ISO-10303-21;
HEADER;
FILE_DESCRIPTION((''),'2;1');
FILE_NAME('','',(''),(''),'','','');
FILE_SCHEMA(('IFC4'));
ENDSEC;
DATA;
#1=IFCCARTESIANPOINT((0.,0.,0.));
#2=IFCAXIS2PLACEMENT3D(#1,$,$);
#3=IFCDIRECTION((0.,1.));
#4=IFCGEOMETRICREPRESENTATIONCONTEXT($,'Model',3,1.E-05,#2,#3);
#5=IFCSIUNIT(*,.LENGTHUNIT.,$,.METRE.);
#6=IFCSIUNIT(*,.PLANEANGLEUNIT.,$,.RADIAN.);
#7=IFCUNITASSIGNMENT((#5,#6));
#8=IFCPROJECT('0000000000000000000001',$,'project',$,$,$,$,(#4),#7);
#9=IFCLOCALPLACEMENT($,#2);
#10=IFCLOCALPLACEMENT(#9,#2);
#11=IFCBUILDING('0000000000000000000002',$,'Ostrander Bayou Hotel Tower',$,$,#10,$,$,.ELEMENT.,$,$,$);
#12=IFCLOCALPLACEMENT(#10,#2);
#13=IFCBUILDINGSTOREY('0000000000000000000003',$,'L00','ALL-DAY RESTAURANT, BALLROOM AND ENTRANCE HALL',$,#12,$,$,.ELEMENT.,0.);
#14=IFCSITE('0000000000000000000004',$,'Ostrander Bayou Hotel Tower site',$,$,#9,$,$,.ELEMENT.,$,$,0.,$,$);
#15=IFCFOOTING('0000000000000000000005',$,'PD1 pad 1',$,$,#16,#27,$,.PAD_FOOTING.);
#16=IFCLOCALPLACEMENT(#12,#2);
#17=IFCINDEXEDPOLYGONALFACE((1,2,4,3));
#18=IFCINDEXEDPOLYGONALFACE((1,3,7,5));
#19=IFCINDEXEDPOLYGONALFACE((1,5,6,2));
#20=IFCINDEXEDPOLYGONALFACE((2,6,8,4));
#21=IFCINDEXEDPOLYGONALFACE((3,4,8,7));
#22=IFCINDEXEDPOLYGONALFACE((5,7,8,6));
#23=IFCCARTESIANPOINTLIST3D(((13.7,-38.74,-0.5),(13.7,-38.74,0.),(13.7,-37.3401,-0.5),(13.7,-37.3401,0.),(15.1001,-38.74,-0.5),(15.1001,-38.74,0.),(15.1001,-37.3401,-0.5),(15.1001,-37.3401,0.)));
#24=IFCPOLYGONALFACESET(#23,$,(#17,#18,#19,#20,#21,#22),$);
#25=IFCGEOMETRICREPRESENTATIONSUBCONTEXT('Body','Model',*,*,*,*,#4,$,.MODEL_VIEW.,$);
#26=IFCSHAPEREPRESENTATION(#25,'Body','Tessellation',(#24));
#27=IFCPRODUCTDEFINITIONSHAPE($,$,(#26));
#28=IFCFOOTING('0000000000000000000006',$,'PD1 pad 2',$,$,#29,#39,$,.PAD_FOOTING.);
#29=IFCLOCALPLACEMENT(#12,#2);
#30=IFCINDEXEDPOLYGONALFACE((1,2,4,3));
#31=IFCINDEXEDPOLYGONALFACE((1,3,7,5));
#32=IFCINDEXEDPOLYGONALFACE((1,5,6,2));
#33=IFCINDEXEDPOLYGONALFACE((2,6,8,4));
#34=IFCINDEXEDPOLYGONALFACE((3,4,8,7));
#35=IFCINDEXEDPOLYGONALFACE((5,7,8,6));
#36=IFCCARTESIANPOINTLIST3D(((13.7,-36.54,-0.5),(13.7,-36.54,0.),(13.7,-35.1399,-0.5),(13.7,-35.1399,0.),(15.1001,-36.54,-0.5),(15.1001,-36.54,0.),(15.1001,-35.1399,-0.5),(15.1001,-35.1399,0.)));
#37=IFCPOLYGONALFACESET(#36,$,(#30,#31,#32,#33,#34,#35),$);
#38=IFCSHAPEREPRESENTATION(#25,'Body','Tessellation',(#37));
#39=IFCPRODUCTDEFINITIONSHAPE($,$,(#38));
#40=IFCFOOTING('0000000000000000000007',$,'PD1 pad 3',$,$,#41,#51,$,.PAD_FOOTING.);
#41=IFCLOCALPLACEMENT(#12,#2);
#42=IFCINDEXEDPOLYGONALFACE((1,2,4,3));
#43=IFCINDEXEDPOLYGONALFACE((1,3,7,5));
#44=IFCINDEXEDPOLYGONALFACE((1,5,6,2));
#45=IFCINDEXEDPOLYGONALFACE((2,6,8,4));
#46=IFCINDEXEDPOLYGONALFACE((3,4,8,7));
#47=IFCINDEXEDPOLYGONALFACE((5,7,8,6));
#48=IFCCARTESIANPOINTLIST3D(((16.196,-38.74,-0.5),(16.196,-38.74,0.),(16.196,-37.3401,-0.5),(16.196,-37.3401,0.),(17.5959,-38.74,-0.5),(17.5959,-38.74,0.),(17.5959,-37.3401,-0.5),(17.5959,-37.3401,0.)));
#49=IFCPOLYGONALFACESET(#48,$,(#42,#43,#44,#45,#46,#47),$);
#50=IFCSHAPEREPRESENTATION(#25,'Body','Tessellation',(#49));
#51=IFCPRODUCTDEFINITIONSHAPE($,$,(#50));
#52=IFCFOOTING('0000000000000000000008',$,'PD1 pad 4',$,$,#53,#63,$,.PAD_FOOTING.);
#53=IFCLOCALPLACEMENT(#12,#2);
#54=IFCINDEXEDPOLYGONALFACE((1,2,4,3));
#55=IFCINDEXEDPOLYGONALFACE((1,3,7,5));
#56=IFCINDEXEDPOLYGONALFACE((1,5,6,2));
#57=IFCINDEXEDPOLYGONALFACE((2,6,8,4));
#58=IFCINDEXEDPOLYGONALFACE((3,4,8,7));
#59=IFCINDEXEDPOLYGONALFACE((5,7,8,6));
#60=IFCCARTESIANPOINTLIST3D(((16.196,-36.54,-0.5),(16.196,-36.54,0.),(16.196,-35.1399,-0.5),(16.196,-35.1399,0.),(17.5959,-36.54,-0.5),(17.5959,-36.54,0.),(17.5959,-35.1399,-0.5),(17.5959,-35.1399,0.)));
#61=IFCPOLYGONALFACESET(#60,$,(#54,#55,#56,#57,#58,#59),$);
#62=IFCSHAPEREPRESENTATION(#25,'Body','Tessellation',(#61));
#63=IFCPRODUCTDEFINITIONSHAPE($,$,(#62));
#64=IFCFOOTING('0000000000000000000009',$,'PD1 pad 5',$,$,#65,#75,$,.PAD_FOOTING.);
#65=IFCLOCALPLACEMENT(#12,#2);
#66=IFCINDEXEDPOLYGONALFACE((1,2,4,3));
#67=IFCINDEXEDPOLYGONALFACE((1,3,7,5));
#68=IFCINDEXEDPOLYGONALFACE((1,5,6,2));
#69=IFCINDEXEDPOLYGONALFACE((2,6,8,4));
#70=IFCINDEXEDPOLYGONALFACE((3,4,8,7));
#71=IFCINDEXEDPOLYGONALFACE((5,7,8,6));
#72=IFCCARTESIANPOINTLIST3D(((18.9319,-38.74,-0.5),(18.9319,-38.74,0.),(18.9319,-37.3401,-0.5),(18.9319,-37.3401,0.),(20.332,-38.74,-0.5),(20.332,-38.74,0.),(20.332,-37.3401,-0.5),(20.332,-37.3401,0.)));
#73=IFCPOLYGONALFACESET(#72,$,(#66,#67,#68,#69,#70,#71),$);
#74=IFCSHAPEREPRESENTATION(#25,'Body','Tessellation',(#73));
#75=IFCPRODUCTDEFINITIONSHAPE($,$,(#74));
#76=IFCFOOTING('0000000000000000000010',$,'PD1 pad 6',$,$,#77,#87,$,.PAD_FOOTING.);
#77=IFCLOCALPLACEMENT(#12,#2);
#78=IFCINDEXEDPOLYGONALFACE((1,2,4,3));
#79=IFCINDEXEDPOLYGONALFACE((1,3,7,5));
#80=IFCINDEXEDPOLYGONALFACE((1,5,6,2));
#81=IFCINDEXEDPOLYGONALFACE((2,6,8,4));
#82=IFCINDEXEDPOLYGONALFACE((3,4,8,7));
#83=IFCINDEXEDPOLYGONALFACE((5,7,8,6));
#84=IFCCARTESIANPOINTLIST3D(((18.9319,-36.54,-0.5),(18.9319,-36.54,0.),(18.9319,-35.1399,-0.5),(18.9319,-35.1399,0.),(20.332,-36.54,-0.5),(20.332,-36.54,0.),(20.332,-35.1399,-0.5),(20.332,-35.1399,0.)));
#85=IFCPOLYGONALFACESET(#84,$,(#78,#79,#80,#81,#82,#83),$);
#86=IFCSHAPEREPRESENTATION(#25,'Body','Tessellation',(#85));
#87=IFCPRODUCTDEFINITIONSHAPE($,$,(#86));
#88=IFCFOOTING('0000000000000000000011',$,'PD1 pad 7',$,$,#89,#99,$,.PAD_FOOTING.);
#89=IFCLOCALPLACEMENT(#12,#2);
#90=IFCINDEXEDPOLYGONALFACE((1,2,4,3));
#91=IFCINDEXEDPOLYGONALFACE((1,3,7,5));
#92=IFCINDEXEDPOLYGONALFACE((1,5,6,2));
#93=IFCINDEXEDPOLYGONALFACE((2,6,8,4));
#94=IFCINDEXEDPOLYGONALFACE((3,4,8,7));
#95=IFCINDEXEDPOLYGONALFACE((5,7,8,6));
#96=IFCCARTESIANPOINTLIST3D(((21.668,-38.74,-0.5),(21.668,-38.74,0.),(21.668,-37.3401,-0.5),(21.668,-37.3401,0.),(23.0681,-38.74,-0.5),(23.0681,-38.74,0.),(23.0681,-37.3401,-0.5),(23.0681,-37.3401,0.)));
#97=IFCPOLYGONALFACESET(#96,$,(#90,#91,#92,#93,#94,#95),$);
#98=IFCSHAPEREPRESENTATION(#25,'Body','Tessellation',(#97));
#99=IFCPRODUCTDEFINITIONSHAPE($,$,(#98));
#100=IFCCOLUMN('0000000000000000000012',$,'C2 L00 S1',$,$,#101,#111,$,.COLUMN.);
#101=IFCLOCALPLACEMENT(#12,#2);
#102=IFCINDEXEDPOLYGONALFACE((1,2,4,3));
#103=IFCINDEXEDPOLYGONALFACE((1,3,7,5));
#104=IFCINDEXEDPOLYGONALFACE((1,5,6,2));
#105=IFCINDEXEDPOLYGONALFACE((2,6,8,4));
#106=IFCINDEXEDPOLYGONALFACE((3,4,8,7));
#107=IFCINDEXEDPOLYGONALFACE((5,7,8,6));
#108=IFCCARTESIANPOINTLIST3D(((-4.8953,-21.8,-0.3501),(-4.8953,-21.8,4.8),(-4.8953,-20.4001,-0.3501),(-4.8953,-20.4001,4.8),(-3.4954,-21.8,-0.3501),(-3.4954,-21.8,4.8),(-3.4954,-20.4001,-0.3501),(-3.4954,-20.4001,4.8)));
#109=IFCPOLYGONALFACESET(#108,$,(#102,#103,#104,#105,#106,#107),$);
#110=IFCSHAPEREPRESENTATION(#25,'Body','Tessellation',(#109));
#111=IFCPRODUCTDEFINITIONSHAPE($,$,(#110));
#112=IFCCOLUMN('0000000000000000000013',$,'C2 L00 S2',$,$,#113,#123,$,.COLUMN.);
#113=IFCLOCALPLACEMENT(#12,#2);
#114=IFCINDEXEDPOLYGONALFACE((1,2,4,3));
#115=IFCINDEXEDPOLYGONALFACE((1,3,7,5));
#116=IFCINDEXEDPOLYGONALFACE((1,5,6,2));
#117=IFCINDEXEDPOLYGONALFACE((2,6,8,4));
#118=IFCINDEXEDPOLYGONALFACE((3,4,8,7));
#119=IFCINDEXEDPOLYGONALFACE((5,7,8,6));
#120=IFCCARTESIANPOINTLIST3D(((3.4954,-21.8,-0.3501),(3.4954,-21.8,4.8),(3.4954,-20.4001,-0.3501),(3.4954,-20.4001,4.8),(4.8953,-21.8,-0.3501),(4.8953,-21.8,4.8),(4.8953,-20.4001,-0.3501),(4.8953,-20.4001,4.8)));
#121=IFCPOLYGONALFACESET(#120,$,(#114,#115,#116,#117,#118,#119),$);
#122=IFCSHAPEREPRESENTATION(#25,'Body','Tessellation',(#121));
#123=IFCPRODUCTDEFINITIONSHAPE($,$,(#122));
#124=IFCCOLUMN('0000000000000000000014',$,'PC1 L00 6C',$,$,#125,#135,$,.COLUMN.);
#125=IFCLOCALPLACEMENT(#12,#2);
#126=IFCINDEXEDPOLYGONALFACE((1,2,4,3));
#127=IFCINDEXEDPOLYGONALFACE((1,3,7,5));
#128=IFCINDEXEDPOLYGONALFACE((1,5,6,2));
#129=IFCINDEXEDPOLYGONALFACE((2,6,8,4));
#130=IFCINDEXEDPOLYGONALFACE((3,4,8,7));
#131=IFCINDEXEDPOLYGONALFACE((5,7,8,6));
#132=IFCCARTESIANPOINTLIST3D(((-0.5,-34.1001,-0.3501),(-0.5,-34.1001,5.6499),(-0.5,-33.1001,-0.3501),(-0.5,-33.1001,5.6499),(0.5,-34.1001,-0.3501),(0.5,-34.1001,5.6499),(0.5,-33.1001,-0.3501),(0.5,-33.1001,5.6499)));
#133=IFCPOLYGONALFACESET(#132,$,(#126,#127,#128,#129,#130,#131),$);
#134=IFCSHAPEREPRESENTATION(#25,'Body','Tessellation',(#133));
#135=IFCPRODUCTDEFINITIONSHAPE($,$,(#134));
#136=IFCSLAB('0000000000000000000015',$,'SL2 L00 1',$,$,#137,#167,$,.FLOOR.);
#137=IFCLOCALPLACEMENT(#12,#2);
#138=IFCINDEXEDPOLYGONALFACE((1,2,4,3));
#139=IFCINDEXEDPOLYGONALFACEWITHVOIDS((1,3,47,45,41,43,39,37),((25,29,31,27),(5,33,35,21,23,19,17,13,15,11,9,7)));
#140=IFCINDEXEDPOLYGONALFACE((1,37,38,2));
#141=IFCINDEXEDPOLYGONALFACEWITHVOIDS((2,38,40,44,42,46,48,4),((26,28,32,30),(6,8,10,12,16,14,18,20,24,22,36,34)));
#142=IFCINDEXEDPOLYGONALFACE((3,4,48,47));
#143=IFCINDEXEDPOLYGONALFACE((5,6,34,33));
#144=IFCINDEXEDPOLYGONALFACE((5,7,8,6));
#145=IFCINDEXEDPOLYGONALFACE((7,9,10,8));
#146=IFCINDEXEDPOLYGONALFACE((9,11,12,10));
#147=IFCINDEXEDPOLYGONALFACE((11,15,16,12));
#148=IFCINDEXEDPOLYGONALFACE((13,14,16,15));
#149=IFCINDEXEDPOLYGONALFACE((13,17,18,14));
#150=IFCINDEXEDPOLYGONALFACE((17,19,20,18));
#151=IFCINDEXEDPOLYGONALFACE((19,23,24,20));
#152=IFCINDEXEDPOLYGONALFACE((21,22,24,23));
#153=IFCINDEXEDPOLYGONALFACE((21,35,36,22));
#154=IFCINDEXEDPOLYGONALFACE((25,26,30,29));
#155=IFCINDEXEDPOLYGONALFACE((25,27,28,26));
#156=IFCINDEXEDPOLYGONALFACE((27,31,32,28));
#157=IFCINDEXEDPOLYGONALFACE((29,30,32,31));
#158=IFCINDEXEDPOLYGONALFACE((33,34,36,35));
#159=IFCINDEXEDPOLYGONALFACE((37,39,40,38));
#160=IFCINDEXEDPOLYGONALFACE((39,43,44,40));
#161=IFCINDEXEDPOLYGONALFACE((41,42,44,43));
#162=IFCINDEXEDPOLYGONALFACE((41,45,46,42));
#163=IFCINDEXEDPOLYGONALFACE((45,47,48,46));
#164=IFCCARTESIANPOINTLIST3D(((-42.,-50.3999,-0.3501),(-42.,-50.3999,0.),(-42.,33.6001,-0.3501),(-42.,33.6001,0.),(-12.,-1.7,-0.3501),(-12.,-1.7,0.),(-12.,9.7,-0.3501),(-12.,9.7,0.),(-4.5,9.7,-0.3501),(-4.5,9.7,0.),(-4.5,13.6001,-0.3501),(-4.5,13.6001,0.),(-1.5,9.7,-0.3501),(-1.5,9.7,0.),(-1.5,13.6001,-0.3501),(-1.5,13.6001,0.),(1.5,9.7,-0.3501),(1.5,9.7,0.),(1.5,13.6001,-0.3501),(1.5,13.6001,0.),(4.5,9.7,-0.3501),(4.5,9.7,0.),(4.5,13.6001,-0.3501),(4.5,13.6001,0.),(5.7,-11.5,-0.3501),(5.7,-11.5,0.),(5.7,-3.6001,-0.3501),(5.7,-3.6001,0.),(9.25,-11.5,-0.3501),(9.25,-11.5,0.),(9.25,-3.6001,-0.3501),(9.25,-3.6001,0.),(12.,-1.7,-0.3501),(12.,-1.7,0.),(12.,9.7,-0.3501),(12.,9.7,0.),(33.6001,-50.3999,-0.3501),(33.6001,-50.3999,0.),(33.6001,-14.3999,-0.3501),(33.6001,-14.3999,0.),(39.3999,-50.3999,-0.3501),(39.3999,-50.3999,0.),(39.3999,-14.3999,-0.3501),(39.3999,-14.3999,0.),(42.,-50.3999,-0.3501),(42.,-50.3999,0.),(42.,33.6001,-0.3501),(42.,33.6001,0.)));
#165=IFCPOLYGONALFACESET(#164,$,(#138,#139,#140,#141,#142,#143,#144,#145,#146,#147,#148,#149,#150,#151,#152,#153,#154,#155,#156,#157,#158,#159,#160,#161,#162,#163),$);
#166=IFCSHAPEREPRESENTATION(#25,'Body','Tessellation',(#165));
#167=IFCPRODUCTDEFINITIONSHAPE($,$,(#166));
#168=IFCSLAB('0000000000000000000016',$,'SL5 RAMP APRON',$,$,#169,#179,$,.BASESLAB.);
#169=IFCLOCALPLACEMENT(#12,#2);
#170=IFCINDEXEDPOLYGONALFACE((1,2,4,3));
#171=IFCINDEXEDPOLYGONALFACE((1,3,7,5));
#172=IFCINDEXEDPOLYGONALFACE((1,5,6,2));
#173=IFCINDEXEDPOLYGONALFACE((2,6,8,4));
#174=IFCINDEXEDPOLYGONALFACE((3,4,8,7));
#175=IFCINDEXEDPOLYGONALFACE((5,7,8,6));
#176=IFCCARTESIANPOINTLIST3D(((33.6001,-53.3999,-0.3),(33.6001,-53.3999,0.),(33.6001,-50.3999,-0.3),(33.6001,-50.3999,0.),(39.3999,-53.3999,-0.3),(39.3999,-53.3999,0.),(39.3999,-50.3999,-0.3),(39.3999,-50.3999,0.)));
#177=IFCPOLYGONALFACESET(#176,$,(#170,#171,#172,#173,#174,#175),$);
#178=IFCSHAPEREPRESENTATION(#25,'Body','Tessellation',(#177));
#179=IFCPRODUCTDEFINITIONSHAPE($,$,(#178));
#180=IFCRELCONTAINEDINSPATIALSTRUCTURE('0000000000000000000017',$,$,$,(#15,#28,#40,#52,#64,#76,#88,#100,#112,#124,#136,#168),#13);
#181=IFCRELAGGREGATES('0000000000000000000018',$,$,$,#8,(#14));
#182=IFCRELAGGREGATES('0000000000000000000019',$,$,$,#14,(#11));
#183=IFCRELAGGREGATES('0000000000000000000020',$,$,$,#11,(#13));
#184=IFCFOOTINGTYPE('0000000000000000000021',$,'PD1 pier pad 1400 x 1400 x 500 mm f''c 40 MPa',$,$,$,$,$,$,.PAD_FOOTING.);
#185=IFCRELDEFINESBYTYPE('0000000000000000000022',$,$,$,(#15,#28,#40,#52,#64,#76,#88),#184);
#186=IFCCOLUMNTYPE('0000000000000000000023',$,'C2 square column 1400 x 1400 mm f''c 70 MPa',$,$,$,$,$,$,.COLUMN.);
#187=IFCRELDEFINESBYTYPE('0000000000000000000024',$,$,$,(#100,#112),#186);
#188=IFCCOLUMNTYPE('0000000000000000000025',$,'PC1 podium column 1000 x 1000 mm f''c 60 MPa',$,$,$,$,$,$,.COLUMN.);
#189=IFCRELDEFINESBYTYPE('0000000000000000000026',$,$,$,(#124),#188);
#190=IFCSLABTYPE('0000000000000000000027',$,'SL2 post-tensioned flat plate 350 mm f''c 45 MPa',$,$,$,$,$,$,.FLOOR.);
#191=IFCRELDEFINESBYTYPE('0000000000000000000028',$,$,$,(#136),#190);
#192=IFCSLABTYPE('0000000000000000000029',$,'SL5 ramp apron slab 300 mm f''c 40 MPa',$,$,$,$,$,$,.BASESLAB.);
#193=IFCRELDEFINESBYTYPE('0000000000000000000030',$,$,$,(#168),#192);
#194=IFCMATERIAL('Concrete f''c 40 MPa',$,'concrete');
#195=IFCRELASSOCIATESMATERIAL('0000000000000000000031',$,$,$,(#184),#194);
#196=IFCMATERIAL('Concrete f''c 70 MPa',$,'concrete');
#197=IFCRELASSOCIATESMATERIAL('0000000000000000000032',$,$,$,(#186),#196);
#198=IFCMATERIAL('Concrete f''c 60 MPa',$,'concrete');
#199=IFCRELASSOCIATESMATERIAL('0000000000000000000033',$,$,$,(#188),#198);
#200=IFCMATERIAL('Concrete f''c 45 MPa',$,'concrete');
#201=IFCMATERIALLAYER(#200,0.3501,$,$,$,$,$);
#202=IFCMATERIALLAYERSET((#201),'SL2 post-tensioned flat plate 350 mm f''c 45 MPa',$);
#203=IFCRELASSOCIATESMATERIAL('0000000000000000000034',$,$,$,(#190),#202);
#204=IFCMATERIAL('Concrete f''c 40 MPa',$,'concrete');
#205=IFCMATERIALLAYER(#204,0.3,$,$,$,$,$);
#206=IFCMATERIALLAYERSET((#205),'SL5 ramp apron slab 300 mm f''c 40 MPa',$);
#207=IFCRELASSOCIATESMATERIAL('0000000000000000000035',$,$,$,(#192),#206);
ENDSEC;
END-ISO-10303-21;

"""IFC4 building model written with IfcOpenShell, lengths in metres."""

from ifc_helpers import new_model, si_unit, direction, frame, origin, origin_2d, place, context, subcontext, project, spatial, polyline, rectangle, outline, extrude, material, layer, layer_set, material_profile, profile_set, type_object, element, save


model = new_model("IFC4")

# Units and contexts
model_context = context("Model", 3, precision=1e-05, world=origin(), true_north=direction((0.0, 1.0)))
body_context = subcontext(model_context, "Body", "Model", "MODEL_VIEW")
ifc_project = project(units=[si_unit("LENGTHUNIT", "METRE"), si_unit("PLANEANGLEUNIT", "RADIAN")], contexts=[model_context])

# Site, building, storey
site_placement = place(None, origin())
site = spatial("IfcSite", under=ifc_project, at=site_placement, Name="Ostrander Bayou Hotel Tower site", CompositionType="ELEMENT", RefElevation=0.0)
building_placement = place(site_placement, origin())
building = spatial("IfcBuilding", under=site, at=building_placement, Name="Ostrander Bayou Hotel Tower", CompositionType="ELEMENT")
storey_placement = place(building_placement, origin())
storey = spatial("IfcBuildingStorey", under=building, at=storey_placement, Name="L00", Description="ALL-DAY RESTAURANT, BALLROOM AND ENTRANCE HALL", CompositionType="ELEMENT", Elevation=0.0)

# Footings
ifc_material_1 = material(Name="Concrete f'c 40 MPa", Category="concrete")
footing_type = type_object("IfcFootingType", Name="PD1 pier pad 1400 x 1400 x 500 mm f'c 40 MPa", PredefinedType="PAD_FOOTING", material=ifc_material_1)
footing_1_placement = place(storey_placement, frame((0.0, 0.0, -0.5)))
element("IfcFooting", 1, at=footing_1_placement, inside=storey, type_object=footing_type, Name="PD1 pad 1", PredefinedType="PAD_FOOTING", context=body_context, shape_type="SweptSolid", body=[
    extrude(outline(polyline([(15.1001, -38.74), (15.1001, -37.3401), (13.7, -37.3401), (13.7, -38.74), (15.1001, -38.74)])), origin(), (0.0, 0.0, 1.0), 0.5),
])
footing_2_placement = place(storey_placement, frame((0.0, 0.0, -0.5)))
element("IfcFooting", 2, at=footing_2_placement, inside=storey, type_object=footing_type, Name="PD1 pad 2", PredefinedType="PAD_FOOTING", context=body_context, shape_type="SweptSolid", body=[
    extrude(outline(polyline([(15.1001, -36.54), (15.1001, -35.1399), (13.7, -35.1399), (13.7, -36.54), (15.1001, -36.54)])), origin(), (0.0, 0.0, 1.0), 0.5),
])
footing_3_placement = place(storey_placement, frame((0.0, 0.0, -0.5)))
element("IfcFooting", 3, at=footing_3_placement, inside=storey, type_object=footing_type, Name="PD1 pad 3", PredefinedType="PAD_FOOTING", context=body_context, shape_type="SweptSolid", body=[
    extrude(outline(polyline([(17.5959, -38.74), (17.5959, -37.3401), (16.196, -37.3401), (16.196, -38.74), (17.5959, -38.74)])), origin(), (0.0, 0.0, 1.0), 0.5),
])
footing_4_placement = place(storey_placement, frame((0.0, 0.0, -0.5)))
element("IfcFooting", 4, at=footing_4_placement, inside=storey, type_object=footing_type, Name="PD1 pad 4", PredefinedType="PAD_FOOTING", context=body_context, shape_type="SweptSolid", body=[
    extrude(outline(polyline([(17.5959, -36.54), (17.5959, -35.1399), (16.196, -35.1399), (16.196, -36.54), (17.5959, -36.54)])), origin(), (0.0, 0.0, 1.0), 0.5),
])
footing_5_placement = place(storey_placement, frame((0.0, 0.0, -0.5)))
element("IfcFooting", 5, at=footing_5_placement, inside=storey, type_object=footing_type, Name="PD1 pad 5", PredefinedType="PAD_FOOTING", context=body_context, shape_type="SweptSolid", body=[
    extrude(outline(polyline([(20.332, -38.74), (20.332, -37.3401), (18.9319, -37.3401), (18.9319, -38.74), (20.332, -38.74)])), origin(), (0.0, 0.0, 1.0), 0.5),
])
footing_6_placement = place(storey_placement, frame((0.0, 0.0, -0.5)))
element("IfcFooting", 6, at=footing_6_placement, inside=storey, type_object=footing_type, Name="PD1 pad 6", PredefinedType="PAD_FOOTING", context=body_context, shape_type="SweptSolid", body=[
    extrude(outline(polyline([(20.332, -36.54), (20.332, -35.1399), (18.9319, -35.1399), (18.9319, -36.54), (20.332, -36.54)])), origin(), (0.0, 0.0, 1.0), 0.5),
])
footing_7_placement = place(storey_placement, frame((0.0, 0.0, -0.5)))
element("IfcFooting", 7, at=footing_7_placement, inside=storey, type_object=footing_type, Name="PD1 pad 7", PredefinedType="PAD_FOOTING", context=body_context, shape_type="SweptSolid", body=[
    extrude(outline(polyline([(23.0681, -38.74), (23.0681, -37.3401), (21.668, -37.3401), (21.668, -38.74), (23.0681, -38.74)])), origin(), (0.0, 0.0, 1.0), 0.5),
])

# Columns
ifc_material_2 = material(Name="Concrete f'c 70 MPa", Category="concrete")
ifc_material_profile_1 = material_profile(ifc_material_2, rectangle(XDim=1.3999, YDim=1.3999, at=origin_2d()))
ifc_profile_set_1 = profile_set([ifc_material_profile_1], Name="Concrete f'c 70 MPa")
column_type_1 = type_object("IfcColumnType", Name="C2 square column 1400 x 1400 mm f'c 70 MPa", PredefinedType="COLUMN", material=ifc_profile_set_1)
for number, where, z_axis, x_axis, name in (
    (8, (-4.1953, -21.1001, -0.3501), (0.0, 0.0, 1.0), (-1.0, 0.0, 0.0), "C2 L00 S1"),
    (9, (4.1953, -21.1001, -0.3501), (0.0, 0.0, 1.0), (-1.0, 0.0, 0.0), "C2 L00 S2"),
):
    element("IfcColumn", number, at=place(storey_placement, frame(where, z_axis=z_axis, x_axis=x_axis)), inside=storey, type_object=column_type_1, Name=name, PredefinedType="COLUMN", context=body_context, shape_type="SweptSolid", body=[
        extrude(rectangle(XDim=1.3999, YDim=1.3999, at=origin_2d()), origin(), (0.0, 0.0, 1.0), 5.1501),
    ])
ifc_material_3 = material(Name="Concrete f'c 60 MPa", Category="concrete")
ifc_material_profile_2 = material_profile(ifc_material_3, rectangle(XDim=1.0, YDim=1.0, at=origin_2d()))
ifc_profile_set_2 = profile_set([ifc_material_profile_2], Name="Concrete f'c 60 MPa")
column_type_2 = type_object("IfcColumnType", Name="PC1 podium column 1000 x 1000 mm f'c 60 MPa", PredefinedType="COLUMN", material=ifc_profile_set_2)
column_placement = place(storey_placement, frame((0.0, -33.6001, -0.3501), z_axis=(0.0, 0.0, 1.0), x_axis=(1.0, 0.0, 0.0)))
element("IfcColumn", 10, at=column_placement, inside=storey, type_object=column_type_2, Name="PC1 L00 6C", PredefinedType="COLUMN", context=body_context, shape_type="SweptSolid", body=[
    extrude(rectangle(XDim=1.0, YDim=1.0, at=origin_2d()), origin(), (0.0, 0.0, 1.0), 6.0),
])

# Slabs
ifc_material_4 = material(Name="Concrete f'c 45 MPa", Category="concrete")
ifc_layer_1 = layer(ifc_material_4, 0.3501)
ifc_layer_set_1 = layer_set([ifc_layer_1], Name="SL2 post-tensioned flat plate 350 mm f'c 45 MPa")
slab_type_1 = type_object("IfcSlabType", Name="SL2 post-tensioned flat plate 350 mm f'c 45 MPa", PredefinedType="FLOOR", material=ifc_layer_set_1)
slab_1_placement = place(storey_placement, frame((0.0, 0.0, -0.3501)))
element("IfcSlab", 11, at=slab_1_placement, inside=storey, type_object=slab_type_1, Name="SL2 L00 1", PredefinedType="FLOOR", context=body_context, shape_type="SweptSolid", body=[
    extrude(outline(polyline([(42.0, 33.6001), (42.0, -50.3999), (39.3999, -50.3999), (39.3999, -14.3999), (33.6001, -14.3999), (33.6001, -50.3999), (-42.0, -50.3999), (-42.0, 33.6001), (42.0, 33.6001)]), holes=[polyline([(4.5, 13.6001), (1.5, 13.6001), (1.5, 9.7), (-1.5, 9.7), (-1.5, 13.6001), (-4.5, 13.6001), (-4.5, 9.7), (-12.0, 9.7), (-12.0, -1.7), (12.0, -1.7), (12.0, 9.7), (4.5, 9.7), (4.5, 13.6001)]), polyline([(5.7, -11.5), (9.25, -11.5), (9.25, -3.6001), (5.7, -3.6001), (5.7, -11.5)])]), origin(), (0.0, 0.0, 1.0), 0.3501),
])
ifc_material_5 = material(Name="Concrete f'c 40 MPa", Category="concrete")
ifc_layer_2 = layer(ifc_material_5, 0.3)
ifc_layer_set_2 = layer_set([ifc_layer_2], Name="SL5 ramp apron slab 300 mm f'c 40 MPa")
slab_type_2 = type_object("IfcSlabType", Name="SL5 ramp apron slab 300 mm f'c 40 MPa", PredefinedType="BASESLAB", material=ifc_layer_set_2)
slab_2_placement = place(storey_placement, frame((0.0, 0.0, -0.3)))
element("IfcSlab", 12, at=slab_2_placement, inside=storey, type_object=slab_type_2, Name="SL5 RAMP APRON", PredefinedType="BASESLAB", context=body_context, shape_type="SweptSolid", body=[
    extrude(outline(polyline([(39.3999, -53.3999), (39.3999, -50.3999), (33.6001, -50.3999), (33.6001, -53.3999), (39.3999, -53.3999)])), origin(), (0.0, 0.0, 1.0), 0.3),
])

save(model, "model.ifc")
